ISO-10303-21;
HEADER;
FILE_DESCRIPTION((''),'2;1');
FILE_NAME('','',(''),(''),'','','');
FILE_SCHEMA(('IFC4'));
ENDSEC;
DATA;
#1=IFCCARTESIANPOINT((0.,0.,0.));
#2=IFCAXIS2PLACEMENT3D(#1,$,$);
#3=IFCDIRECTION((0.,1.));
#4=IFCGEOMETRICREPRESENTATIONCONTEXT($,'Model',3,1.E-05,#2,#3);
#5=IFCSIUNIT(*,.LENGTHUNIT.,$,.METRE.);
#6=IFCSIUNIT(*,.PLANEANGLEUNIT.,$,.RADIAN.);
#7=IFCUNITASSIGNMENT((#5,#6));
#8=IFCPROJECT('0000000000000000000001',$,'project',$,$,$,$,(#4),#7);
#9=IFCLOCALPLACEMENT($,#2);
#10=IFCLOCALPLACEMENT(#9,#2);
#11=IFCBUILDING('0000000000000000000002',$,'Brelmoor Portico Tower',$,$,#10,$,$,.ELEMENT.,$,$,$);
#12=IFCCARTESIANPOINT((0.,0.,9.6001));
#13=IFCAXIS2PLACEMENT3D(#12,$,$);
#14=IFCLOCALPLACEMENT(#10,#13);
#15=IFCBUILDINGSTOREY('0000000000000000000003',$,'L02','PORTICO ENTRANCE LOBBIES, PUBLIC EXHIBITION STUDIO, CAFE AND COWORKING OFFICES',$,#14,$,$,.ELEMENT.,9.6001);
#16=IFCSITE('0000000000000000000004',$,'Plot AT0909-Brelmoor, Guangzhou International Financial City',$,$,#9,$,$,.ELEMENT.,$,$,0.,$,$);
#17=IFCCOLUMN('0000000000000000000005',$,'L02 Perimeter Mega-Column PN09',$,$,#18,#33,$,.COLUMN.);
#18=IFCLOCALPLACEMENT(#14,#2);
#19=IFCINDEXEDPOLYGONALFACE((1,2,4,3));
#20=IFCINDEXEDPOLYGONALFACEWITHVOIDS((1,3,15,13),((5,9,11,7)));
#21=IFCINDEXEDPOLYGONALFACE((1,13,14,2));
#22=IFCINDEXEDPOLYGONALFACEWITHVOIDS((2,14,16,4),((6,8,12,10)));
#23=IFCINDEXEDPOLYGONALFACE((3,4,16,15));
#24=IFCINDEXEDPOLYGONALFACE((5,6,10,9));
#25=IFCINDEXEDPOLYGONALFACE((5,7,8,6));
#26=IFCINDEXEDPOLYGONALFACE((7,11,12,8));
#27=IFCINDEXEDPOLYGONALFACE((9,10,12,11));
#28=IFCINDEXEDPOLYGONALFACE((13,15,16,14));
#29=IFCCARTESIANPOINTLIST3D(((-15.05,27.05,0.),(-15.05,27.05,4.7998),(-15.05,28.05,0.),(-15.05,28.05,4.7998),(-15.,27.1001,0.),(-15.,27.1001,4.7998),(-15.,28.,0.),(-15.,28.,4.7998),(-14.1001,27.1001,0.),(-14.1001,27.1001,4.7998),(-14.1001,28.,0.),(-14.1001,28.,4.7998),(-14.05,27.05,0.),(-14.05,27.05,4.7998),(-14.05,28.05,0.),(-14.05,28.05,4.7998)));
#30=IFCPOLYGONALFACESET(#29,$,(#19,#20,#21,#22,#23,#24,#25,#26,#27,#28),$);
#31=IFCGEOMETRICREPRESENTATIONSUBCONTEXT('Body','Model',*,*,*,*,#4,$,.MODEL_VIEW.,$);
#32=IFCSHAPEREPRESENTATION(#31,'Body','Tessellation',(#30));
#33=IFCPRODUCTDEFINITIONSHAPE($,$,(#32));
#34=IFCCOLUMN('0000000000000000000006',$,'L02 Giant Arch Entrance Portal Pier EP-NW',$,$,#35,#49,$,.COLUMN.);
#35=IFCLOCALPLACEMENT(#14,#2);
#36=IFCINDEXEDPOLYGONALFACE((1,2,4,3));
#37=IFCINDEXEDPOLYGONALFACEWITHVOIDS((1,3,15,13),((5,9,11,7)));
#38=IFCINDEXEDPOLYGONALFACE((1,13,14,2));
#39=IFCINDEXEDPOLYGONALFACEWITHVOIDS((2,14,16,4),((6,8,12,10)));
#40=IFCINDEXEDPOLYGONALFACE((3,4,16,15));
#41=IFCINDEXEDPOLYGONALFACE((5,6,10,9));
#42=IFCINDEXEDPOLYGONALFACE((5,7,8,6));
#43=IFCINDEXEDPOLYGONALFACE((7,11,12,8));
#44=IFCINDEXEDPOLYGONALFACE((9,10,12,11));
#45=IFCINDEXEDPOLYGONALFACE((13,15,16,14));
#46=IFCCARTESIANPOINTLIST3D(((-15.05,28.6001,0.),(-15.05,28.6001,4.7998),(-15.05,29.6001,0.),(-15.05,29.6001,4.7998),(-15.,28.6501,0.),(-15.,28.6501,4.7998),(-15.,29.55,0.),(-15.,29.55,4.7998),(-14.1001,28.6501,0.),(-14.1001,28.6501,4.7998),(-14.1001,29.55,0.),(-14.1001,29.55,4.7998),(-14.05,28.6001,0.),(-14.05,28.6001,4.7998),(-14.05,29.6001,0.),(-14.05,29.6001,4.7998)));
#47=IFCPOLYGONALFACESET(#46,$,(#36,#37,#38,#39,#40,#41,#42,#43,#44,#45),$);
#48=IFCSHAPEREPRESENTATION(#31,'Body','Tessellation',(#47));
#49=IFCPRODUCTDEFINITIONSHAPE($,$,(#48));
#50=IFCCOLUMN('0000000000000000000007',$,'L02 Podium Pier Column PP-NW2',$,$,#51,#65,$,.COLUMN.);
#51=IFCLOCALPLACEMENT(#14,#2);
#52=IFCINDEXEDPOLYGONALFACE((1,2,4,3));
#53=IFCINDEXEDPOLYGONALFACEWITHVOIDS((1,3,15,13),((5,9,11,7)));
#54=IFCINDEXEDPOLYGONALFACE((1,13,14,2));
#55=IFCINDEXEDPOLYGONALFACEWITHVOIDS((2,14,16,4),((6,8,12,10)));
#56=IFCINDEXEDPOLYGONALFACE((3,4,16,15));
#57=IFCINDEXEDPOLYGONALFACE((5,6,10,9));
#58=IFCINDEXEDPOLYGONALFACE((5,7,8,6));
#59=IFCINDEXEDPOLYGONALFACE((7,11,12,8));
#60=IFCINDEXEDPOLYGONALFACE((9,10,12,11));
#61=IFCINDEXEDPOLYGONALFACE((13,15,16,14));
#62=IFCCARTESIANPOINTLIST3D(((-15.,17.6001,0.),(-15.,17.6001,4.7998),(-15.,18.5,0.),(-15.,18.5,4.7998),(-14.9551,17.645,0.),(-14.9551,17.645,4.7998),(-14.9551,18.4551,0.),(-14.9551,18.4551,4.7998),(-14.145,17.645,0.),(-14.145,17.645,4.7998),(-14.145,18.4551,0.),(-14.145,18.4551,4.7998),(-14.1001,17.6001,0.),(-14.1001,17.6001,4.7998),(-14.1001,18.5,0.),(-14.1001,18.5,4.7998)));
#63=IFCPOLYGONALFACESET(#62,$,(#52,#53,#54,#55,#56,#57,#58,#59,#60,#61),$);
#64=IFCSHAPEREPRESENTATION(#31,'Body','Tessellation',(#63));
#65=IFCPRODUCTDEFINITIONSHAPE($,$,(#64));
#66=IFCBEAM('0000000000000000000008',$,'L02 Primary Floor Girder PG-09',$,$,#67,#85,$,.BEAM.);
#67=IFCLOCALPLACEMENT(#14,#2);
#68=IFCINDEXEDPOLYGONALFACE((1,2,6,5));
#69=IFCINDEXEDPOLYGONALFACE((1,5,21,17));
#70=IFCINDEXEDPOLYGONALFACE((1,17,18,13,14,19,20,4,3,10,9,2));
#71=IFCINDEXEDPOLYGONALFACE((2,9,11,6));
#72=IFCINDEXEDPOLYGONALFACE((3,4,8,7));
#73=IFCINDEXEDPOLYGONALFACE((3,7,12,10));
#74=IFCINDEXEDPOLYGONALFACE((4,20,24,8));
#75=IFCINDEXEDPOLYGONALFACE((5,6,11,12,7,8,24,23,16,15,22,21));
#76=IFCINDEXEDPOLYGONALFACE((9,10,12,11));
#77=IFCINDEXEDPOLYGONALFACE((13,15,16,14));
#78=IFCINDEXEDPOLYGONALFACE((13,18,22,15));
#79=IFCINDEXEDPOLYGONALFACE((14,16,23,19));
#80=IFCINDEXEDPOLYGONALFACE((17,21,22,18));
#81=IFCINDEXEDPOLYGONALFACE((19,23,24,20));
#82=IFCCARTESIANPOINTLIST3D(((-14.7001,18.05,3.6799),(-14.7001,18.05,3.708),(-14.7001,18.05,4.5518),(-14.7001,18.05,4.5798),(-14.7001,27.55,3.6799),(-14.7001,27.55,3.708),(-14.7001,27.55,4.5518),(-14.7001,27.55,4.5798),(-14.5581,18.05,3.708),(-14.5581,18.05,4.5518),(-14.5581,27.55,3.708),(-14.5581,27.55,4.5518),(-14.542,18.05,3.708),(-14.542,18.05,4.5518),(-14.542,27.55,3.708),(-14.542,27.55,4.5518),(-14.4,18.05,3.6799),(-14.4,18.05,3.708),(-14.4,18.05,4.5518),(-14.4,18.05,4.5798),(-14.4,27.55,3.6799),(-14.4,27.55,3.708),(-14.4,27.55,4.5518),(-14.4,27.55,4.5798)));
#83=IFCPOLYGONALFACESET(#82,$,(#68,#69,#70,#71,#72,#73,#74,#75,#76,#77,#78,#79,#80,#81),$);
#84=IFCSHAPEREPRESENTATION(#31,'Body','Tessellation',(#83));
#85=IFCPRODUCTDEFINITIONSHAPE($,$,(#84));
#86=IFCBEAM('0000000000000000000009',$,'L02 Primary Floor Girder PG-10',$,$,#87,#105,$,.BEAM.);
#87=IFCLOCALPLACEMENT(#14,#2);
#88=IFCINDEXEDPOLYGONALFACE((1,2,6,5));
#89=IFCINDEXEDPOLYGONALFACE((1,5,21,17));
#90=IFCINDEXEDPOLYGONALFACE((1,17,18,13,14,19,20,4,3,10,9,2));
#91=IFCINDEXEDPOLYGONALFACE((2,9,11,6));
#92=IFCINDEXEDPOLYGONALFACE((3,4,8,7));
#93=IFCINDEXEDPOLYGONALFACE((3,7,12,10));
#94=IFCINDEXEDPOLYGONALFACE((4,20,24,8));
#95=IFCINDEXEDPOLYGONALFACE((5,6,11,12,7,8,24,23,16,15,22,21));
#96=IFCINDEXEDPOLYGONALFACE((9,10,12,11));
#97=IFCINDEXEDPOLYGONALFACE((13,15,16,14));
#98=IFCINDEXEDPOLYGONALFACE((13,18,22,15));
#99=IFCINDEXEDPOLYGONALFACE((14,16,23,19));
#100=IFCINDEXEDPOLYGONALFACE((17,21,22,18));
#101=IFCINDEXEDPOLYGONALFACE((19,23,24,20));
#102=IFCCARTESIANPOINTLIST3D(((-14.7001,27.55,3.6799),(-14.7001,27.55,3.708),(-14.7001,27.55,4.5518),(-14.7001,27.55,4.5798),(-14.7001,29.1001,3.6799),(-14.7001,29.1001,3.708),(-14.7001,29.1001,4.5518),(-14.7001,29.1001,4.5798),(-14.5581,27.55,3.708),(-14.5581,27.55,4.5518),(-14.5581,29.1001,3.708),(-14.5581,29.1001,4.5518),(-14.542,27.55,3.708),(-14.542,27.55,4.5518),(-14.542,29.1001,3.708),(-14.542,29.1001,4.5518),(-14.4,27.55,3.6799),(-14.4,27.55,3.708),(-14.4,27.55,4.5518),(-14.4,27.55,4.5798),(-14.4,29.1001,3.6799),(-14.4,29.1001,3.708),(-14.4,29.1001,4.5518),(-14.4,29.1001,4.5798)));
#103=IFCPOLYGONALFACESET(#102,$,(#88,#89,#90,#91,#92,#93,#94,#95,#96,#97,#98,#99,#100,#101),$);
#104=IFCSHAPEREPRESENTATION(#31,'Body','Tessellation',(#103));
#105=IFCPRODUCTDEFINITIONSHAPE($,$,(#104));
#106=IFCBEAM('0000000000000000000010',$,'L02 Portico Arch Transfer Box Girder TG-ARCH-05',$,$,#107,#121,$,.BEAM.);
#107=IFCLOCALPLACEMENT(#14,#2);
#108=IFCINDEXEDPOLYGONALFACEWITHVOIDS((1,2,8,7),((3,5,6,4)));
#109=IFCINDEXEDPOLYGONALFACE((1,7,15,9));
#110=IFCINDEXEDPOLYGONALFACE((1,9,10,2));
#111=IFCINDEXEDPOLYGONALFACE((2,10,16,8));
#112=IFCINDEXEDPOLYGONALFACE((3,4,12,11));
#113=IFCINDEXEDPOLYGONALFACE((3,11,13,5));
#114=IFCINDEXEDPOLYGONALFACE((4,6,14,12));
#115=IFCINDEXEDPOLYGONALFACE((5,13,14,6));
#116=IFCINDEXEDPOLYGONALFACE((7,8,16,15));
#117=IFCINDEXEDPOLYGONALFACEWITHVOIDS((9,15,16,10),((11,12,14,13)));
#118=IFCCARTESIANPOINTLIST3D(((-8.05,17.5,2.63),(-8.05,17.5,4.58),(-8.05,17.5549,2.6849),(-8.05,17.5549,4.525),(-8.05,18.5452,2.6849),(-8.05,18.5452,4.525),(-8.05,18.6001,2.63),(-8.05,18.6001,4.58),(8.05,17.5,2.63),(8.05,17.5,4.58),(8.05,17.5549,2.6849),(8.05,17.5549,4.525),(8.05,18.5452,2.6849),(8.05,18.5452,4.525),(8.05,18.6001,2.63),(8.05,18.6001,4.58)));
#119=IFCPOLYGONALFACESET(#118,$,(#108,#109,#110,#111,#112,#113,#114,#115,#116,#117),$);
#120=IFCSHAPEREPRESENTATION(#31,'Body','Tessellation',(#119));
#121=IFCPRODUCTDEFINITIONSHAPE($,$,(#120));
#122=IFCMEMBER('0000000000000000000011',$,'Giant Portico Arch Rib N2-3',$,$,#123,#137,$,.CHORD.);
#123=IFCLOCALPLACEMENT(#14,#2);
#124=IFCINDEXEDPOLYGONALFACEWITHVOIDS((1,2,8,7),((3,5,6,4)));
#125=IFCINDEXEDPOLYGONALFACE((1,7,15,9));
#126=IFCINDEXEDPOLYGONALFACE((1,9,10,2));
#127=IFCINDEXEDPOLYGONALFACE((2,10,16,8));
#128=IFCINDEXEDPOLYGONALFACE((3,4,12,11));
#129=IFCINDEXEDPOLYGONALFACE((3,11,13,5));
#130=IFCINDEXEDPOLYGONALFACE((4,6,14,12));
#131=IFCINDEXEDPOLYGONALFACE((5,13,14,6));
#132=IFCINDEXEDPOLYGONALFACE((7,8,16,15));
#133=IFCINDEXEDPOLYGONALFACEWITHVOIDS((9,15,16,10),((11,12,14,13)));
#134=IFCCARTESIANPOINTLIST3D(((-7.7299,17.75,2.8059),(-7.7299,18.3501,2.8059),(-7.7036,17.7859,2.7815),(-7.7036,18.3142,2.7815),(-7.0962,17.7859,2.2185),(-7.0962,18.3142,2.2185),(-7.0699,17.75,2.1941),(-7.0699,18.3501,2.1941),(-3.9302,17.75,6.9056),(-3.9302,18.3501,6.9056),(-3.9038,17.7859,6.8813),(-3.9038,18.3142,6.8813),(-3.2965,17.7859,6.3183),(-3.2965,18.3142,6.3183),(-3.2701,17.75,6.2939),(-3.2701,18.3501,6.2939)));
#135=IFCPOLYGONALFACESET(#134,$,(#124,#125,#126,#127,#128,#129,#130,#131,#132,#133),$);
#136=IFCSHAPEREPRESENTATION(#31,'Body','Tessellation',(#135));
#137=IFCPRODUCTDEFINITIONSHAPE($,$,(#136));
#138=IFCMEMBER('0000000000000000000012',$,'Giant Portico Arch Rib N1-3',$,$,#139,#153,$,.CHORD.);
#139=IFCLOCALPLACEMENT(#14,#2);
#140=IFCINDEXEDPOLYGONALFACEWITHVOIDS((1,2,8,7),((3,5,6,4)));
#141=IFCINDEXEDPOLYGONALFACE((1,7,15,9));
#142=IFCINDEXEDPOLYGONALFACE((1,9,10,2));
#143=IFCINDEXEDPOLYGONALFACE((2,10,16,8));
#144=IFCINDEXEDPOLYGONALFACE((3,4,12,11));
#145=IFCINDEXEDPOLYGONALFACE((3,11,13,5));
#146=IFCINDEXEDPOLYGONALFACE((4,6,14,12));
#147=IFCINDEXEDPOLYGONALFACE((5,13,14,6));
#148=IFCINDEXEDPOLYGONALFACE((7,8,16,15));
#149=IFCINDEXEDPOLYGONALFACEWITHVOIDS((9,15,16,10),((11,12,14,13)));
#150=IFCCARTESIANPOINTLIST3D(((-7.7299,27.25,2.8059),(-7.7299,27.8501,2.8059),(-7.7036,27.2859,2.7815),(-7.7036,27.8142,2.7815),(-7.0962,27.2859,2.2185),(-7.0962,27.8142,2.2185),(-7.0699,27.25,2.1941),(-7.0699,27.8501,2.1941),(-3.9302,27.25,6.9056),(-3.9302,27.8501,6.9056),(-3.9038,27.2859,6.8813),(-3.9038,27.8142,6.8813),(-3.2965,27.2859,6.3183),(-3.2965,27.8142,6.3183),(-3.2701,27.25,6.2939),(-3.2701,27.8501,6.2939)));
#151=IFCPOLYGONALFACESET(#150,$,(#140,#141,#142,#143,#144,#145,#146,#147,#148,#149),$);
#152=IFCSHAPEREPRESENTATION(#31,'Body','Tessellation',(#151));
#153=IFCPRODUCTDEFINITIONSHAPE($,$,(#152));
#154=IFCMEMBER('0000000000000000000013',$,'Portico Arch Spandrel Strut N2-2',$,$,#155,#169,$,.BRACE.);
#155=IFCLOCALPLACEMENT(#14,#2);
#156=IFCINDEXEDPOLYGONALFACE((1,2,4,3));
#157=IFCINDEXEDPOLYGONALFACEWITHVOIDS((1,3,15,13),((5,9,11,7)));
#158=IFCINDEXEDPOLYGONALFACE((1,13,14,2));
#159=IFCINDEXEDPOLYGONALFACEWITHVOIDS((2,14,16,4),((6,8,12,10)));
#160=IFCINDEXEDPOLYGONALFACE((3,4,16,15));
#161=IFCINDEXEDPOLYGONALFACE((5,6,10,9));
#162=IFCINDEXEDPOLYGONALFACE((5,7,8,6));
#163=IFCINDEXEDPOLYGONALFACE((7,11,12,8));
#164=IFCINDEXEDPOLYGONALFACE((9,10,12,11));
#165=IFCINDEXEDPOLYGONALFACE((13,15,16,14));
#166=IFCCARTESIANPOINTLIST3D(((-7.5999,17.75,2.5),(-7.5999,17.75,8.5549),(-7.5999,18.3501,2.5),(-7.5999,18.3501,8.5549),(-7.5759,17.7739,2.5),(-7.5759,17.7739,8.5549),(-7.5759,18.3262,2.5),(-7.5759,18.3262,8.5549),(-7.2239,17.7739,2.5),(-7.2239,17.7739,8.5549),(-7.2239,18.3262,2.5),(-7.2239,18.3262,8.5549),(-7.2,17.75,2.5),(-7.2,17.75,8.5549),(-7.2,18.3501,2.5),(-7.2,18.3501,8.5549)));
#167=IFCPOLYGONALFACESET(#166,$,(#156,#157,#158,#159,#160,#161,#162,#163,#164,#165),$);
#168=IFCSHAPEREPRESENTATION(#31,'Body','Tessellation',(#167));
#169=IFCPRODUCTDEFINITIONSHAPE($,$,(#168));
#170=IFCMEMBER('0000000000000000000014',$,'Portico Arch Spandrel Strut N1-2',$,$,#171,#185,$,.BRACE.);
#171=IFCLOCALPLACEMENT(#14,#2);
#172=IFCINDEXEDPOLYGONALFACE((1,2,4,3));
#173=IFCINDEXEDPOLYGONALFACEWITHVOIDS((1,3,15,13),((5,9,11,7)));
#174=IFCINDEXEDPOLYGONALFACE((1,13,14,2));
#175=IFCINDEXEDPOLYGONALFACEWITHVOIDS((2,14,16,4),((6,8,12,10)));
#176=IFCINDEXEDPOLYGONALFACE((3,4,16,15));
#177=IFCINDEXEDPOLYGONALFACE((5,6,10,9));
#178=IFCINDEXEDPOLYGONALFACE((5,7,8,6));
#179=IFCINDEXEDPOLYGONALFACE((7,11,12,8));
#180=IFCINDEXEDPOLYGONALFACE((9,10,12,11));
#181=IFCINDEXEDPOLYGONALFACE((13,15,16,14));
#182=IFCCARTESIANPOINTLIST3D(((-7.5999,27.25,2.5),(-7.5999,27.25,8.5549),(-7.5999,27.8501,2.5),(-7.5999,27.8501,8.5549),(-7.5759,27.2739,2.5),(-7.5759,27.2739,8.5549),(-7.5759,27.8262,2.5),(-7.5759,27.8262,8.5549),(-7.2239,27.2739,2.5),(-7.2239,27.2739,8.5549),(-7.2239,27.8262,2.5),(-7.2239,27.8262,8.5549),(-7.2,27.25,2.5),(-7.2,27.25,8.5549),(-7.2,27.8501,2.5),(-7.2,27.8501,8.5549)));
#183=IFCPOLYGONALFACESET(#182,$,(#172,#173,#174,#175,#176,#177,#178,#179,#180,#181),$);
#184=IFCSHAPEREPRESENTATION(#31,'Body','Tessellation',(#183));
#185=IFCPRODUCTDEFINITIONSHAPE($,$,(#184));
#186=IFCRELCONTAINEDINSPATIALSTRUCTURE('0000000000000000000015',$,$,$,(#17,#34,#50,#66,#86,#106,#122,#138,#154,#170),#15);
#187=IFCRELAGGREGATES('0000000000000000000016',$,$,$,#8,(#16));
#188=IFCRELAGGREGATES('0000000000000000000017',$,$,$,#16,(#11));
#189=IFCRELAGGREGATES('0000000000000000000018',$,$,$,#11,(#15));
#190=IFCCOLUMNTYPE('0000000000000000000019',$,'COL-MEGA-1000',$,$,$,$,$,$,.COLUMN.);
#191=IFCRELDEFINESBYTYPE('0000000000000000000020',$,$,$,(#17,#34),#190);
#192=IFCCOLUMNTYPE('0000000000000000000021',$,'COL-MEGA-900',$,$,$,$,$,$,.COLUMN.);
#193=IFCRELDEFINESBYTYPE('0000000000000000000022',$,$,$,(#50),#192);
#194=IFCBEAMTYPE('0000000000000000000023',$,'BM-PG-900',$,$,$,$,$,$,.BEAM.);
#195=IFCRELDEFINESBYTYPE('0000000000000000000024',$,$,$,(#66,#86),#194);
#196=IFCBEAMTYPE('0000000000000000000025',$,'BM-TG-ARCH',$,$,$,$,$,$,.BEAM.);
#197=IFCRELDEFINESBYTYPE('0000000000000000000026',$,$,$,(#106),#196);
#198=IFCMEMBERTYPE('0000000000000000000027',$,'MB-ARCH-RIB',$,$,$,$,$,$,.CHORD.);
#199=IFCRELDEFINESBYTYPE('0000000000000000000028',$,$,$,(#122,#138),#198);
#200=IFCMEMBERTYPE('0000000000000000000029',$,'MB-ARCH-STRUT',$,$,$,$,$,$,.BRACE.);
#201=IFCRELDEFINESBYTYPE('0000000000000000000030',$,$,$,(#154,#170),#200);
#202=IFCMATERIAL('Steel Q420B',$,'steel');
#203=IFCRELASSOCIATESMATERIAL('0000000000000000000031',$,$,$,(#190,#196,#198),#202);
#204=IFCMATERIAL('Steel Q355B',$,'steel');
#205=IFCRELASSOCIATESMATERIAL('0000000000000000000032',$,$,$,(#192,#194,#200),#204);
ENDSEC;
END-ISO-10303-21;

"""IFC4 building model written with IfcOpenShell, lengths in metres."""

from ifc_helpers import new_model, si_unit, direction, frame, origin, origin_2d, place, context, subcontext, project, spatial, hollow_rectangle, i_section, extrude, material, material_profile, profile_set, type_object, element, save


model = new_model("IFC4")

# Units and contexts
model_context = context("Model", 3, precision=1e-05, world=origin(), true_north=direction((0.0, 1.0)))
body_context = subcontext(model_context, "Body", "Model", "MODEL_VIEW")
ifc_project = project(units=[si_unit("LENGTHUNIT", "METRE"), si_unit("PLANEANGLEUNIT", "RADIAN")], contexts=[model_context])

# Site, building, storey
site_placement = place(None, origin())
site = spatial("IfcSite", under=ifc_project, at=site_placement, Name="Plot AT0909-Brelmoor, Guangzhou International Financial City", CompositionType="ELEMENT", RefElevation=0.0)
building_placement = place(site_placement, origin())
building = spatial("IfcBuilding", under=site, at=building_placement, Name="Brelmoor Portico Tower", CompositionType="ELEMENT")
storey_placement = place(building_placement, frame((0.0, 0.0, 9.6001)))
storey = spatial("IfcBuildingStorey", under=building, at=storey_placement, Name="L02", Description="PORTICO ENTRANCE LOBBIES, PUBLIC EXHIBITION STUDIO, CAFE AND COWORKING OFFICES", CompositionType="ELEMENT", Elevation=9.6001)

# Columns
ifc_material_1 = material(Name="Steel Q420B", Category="steel")
ifc_material_profile_1 = material_profile(ifc_material_1, hollow_rectangle(XDim=1.0, YDim=1.0, WallThickness=0.05, at=origin_2d()), Name="BOX 1000x1000x50")
ifc_profile_set_1 = profile_set([ifc_material_profile_1], Name="Steel Q420B")
column_type_1 = type_object("IfcColumnType", Name="COL-MEGA-1000", PredefinedType="COLUMN", material=ifc_profile_set_1)
for number, where, z_axis, x_axis, name in (
    (1, (-14.55, 27.55, 0.0), (0.0, 0.0, 1.0), (1.0, 0.0, 0.0), "L02 Perimeter Mega-Column PN09"),
    (2, (-14.55, 29.1001, 0.0), (0.0, 0.0, 1.0), (1.0, 0.0, 0.0), "L02 Giant Arch Entrance Portal Pier EP-NW"),
):
    element("IfcColumn", number, at=place(storey_placement, frame(where, z_axis=z_axis, x_axis=x_axis)), inside=storey, type_object=column_type_1, Name=name, PredefinedType="COLUMN", context=body_context, shape_type="SweptSolid", body=[
        extrude(hollow_rectangle(XDim=1.0, YDim=1.0, WallThickness=0.05, at=origin_2d()), origin(), (0.0, 0.0, 1.0), 4.7998),
    ])
ifc_material_2 = material(Name="Steel Q355B", Category="steel")
ifc_material_profile_2 = material_profile(ifc_material_2, hollow_rectangle(XDim=0.8999, YDim=0.8999, WallThickness=0.0449, at=origin_2d()), Name="BOX 900x900x45")
ifc_profile_set_2 = profile_set([ifc_material_profile_2], Name="Steel Q355B")
column_type_2 = type_object("IfcColumnType", Name="COL-MEGA-900", PredefinedType="COLUMN", material=ifc_profile_set_2)
column_placement = place(storey_placement, frame((-14.55, 18.05, 0.0), z_axis=(0.0, 0.0, 1.0), x_axis=(1.0, 0.0, 0.0)))
element("IfcColumn", 3, at=column_placement, inside=storey, type_object=column_type_2, Name="L02 Podium Pier Column PP-NW2", PredefinedType="COLUMN", context=body_context, shape_type="SweptSolid", body=[
    extrude(hollow_rectangle(XDim=0.8999, YDim=0.8999, WallThickness=0.0449, at=origin_2d()), origin(), (0.0, 0.0, 1.0), 4.7998),
])

# Beams
ifc_material_profile_3 = material_profile(ifc_material_2, i_section(OverallWidth=0.3, OverallDepth=0.8999, WebThickness=0.0161, FlangeThickness=0.0281, at=origin_2d()), Name="HN 900x300x16x28")
ifc_profile_set_3 = profile_set([ifc_material_profile_3], Name="Steel Q355B")
beam_type_1 = type_object("IfcBeamType", Name="BM-PG-900", PredefinedType="BEAM", material=ifc_profile_set_3)
beam_1_placement = place(storey_placement, frame((-14.55, 18.05, 4.1299), z_axis=(0.0, 1.0, 0.0), x_axis=(-1.0, 0.0, 0.0)))
element("IfcBeam", 4, at=beam_1_placement, inside=storey, type_object=beam_type_1, Name="L02 Primary Floor Girder PG-09", PredefinedType="BEAM", context=body_context, shape_type="SweptSolid", body=[
    extrude(i_section(OverallWidth=0.3, OverallDepth=0.8999, WebThickness=0.0161, FlangeThickness=0.0281, at=origin_2d()), origin(), (0.0, 0.0, 1.0), 9.5),
])
beam_2_placement = place(storey_placement, frame((-14.55, 27.55, 4.1299), z_axis=(0.0, 1.0, 0.0), x_axis=(-1.0, 0.0, 0.0)))
element("IfcBeam", 5, at=beam_2_placement, inside=storey, type_object=beam_type_1, Name="L02 Primary Floor Girder PG-10", PredefinedType="BEAM", context=body_context, shape_type="SweptSolid", body=[
    extrude(i_section(OverallWidth=0.3, OverallDepth=0.8999, WebThickness=0.0161, FlangeThickness=0.0281, at=origin_2d()), origin(), (0.0, 0.0, 1.0), 1.55),
])
ifc_material_profile_4 = material_profile(ifc_material_1, hollow_rectangle(XDim=1.1001, YDim=1.95, WallThickness=0.0549, at=origin_2d()), Name="BOX 1100x1950x55")
ifc_profile_set_4 = profile_set([ifc_material_profile_4], Name="Steel Q420B")
beam_type_2 = type_object("IfcBeamType", Name="BM-TG-ARCH", PredefinedType="BEAM", material=ifc_profile_set_4)
beam_3_placement = place(storey_placement, frame((-8.05, 18.05, 3.605), z_axis=(1.0, 0.0, 0.0), x_axis=(0.0, 1.0, 0.0)))
element("IfcBeam", 6, at=beam_3_placement, inside=storey, type_object=beam_type_2, Name="L02 Portico Arch Transfer Box Girder TG-ARCH-05", PredefinedType="BEAM", context=body_context, shape_type="SweptSolid", body=[
    extrude(hollow_rectangle(XDim=1.1001, YDim=1.95, WallThickness=0.0549, at=origin_2d()), origin(), (0.0, 0.0, 1.0), 16.1001),
])

# Members
ifc_material_profile_5 = material_profile(ifc_material_1, hollow_rectangle(XDim=0.6001, YDim=0.8999, WallThickness=0.0359, at=origin_2d()), Name="RHS 600x900x36")
ifc_profile_set_5 = profile_set([ifc_material_profile_5], Name="Steel Q420B")
member_type_1 = type_object("IfcMemberType", Name="MB-ARCH-RIB", PredefinedType="CHORD", material=ifc_profile_set_5)
for number, where, z_axis, x_axis, name in (
    (7, (-7.3999, 18.05, 2.5), (0.679759, 0.0, 0.733436), (0.0, 1.0, 0.0), "Giant Portico Arch Rib N2-3"),
    (8, (-7.3999, 27.55, 2.5), (0.679759, 0.0, 0.733436), (0.0, 1.0, 0.0), "Giant Portico Arch Rib N1-3"),
):
    element("IfcMember", number, at=place(storey_placement, frame(where, z_axis=z_axis, x_axis=x_axis)), inside=storey, type_object=member_type_1, Name=name, PredefinedType="CHORD", context=body_context, shape_type="SweptSolid", body=[
        extrude(hollow_rectangle(XDim=0.6001, YDim=0.8999, WallThickness=0.0359, at=origin_2d()), origin(), (0.0, 0.0, 1.0), 5.5898),
    ])
ifc_material_profile_6 = material_profile(ifc_material_2, hollow_rectangle(XDim=0.3999, YDim=0.6001, WallThickness=0.0239, at=origin_2d()), Name="RHS 400x600x24")
ifc_profile_set_6 = profile_set([ifc_material_profile_6], Name="Steel Q355B")
member_type_2 = type_object("IfcMemberType", Name="MB-ARCH-STRUT", PredefinedType="BRACE", material=ifc_profile_set_6)
for number, where, z_axis, x_axis, name in (
    (9, (-7.3999, 18.05, 2.5), (0.0, 0.0, 1.0), (1.0, 0.0, 0.0), "Portico Arch Spandrel Strut N2-2"),
    (10, (-7.3999, 27.55, 2.5), (0.0, 0.0, 1.0), (1.0, 0.0, 0.0), "Portico Arch Spandrel Strut N1-2"),
):
    element("IfcMember", number, at=place(storey_placement, frame(where, z_axis=z_axis, x_axis=x_axis)), inside=storey, type_object=member_type_2, Name=name, PredefinedType="BRACE", context=body_context, shape_type="SweptSolid", body=[
        extrude(hollow_rectangle(XDim=0.3999, YDim=0.6001, WallThickness=0.0239, at=origin_2d()), origin(), (0.0, 0.0, 1.0), 6.0549),
    ])

save(model, "model.ifc")
